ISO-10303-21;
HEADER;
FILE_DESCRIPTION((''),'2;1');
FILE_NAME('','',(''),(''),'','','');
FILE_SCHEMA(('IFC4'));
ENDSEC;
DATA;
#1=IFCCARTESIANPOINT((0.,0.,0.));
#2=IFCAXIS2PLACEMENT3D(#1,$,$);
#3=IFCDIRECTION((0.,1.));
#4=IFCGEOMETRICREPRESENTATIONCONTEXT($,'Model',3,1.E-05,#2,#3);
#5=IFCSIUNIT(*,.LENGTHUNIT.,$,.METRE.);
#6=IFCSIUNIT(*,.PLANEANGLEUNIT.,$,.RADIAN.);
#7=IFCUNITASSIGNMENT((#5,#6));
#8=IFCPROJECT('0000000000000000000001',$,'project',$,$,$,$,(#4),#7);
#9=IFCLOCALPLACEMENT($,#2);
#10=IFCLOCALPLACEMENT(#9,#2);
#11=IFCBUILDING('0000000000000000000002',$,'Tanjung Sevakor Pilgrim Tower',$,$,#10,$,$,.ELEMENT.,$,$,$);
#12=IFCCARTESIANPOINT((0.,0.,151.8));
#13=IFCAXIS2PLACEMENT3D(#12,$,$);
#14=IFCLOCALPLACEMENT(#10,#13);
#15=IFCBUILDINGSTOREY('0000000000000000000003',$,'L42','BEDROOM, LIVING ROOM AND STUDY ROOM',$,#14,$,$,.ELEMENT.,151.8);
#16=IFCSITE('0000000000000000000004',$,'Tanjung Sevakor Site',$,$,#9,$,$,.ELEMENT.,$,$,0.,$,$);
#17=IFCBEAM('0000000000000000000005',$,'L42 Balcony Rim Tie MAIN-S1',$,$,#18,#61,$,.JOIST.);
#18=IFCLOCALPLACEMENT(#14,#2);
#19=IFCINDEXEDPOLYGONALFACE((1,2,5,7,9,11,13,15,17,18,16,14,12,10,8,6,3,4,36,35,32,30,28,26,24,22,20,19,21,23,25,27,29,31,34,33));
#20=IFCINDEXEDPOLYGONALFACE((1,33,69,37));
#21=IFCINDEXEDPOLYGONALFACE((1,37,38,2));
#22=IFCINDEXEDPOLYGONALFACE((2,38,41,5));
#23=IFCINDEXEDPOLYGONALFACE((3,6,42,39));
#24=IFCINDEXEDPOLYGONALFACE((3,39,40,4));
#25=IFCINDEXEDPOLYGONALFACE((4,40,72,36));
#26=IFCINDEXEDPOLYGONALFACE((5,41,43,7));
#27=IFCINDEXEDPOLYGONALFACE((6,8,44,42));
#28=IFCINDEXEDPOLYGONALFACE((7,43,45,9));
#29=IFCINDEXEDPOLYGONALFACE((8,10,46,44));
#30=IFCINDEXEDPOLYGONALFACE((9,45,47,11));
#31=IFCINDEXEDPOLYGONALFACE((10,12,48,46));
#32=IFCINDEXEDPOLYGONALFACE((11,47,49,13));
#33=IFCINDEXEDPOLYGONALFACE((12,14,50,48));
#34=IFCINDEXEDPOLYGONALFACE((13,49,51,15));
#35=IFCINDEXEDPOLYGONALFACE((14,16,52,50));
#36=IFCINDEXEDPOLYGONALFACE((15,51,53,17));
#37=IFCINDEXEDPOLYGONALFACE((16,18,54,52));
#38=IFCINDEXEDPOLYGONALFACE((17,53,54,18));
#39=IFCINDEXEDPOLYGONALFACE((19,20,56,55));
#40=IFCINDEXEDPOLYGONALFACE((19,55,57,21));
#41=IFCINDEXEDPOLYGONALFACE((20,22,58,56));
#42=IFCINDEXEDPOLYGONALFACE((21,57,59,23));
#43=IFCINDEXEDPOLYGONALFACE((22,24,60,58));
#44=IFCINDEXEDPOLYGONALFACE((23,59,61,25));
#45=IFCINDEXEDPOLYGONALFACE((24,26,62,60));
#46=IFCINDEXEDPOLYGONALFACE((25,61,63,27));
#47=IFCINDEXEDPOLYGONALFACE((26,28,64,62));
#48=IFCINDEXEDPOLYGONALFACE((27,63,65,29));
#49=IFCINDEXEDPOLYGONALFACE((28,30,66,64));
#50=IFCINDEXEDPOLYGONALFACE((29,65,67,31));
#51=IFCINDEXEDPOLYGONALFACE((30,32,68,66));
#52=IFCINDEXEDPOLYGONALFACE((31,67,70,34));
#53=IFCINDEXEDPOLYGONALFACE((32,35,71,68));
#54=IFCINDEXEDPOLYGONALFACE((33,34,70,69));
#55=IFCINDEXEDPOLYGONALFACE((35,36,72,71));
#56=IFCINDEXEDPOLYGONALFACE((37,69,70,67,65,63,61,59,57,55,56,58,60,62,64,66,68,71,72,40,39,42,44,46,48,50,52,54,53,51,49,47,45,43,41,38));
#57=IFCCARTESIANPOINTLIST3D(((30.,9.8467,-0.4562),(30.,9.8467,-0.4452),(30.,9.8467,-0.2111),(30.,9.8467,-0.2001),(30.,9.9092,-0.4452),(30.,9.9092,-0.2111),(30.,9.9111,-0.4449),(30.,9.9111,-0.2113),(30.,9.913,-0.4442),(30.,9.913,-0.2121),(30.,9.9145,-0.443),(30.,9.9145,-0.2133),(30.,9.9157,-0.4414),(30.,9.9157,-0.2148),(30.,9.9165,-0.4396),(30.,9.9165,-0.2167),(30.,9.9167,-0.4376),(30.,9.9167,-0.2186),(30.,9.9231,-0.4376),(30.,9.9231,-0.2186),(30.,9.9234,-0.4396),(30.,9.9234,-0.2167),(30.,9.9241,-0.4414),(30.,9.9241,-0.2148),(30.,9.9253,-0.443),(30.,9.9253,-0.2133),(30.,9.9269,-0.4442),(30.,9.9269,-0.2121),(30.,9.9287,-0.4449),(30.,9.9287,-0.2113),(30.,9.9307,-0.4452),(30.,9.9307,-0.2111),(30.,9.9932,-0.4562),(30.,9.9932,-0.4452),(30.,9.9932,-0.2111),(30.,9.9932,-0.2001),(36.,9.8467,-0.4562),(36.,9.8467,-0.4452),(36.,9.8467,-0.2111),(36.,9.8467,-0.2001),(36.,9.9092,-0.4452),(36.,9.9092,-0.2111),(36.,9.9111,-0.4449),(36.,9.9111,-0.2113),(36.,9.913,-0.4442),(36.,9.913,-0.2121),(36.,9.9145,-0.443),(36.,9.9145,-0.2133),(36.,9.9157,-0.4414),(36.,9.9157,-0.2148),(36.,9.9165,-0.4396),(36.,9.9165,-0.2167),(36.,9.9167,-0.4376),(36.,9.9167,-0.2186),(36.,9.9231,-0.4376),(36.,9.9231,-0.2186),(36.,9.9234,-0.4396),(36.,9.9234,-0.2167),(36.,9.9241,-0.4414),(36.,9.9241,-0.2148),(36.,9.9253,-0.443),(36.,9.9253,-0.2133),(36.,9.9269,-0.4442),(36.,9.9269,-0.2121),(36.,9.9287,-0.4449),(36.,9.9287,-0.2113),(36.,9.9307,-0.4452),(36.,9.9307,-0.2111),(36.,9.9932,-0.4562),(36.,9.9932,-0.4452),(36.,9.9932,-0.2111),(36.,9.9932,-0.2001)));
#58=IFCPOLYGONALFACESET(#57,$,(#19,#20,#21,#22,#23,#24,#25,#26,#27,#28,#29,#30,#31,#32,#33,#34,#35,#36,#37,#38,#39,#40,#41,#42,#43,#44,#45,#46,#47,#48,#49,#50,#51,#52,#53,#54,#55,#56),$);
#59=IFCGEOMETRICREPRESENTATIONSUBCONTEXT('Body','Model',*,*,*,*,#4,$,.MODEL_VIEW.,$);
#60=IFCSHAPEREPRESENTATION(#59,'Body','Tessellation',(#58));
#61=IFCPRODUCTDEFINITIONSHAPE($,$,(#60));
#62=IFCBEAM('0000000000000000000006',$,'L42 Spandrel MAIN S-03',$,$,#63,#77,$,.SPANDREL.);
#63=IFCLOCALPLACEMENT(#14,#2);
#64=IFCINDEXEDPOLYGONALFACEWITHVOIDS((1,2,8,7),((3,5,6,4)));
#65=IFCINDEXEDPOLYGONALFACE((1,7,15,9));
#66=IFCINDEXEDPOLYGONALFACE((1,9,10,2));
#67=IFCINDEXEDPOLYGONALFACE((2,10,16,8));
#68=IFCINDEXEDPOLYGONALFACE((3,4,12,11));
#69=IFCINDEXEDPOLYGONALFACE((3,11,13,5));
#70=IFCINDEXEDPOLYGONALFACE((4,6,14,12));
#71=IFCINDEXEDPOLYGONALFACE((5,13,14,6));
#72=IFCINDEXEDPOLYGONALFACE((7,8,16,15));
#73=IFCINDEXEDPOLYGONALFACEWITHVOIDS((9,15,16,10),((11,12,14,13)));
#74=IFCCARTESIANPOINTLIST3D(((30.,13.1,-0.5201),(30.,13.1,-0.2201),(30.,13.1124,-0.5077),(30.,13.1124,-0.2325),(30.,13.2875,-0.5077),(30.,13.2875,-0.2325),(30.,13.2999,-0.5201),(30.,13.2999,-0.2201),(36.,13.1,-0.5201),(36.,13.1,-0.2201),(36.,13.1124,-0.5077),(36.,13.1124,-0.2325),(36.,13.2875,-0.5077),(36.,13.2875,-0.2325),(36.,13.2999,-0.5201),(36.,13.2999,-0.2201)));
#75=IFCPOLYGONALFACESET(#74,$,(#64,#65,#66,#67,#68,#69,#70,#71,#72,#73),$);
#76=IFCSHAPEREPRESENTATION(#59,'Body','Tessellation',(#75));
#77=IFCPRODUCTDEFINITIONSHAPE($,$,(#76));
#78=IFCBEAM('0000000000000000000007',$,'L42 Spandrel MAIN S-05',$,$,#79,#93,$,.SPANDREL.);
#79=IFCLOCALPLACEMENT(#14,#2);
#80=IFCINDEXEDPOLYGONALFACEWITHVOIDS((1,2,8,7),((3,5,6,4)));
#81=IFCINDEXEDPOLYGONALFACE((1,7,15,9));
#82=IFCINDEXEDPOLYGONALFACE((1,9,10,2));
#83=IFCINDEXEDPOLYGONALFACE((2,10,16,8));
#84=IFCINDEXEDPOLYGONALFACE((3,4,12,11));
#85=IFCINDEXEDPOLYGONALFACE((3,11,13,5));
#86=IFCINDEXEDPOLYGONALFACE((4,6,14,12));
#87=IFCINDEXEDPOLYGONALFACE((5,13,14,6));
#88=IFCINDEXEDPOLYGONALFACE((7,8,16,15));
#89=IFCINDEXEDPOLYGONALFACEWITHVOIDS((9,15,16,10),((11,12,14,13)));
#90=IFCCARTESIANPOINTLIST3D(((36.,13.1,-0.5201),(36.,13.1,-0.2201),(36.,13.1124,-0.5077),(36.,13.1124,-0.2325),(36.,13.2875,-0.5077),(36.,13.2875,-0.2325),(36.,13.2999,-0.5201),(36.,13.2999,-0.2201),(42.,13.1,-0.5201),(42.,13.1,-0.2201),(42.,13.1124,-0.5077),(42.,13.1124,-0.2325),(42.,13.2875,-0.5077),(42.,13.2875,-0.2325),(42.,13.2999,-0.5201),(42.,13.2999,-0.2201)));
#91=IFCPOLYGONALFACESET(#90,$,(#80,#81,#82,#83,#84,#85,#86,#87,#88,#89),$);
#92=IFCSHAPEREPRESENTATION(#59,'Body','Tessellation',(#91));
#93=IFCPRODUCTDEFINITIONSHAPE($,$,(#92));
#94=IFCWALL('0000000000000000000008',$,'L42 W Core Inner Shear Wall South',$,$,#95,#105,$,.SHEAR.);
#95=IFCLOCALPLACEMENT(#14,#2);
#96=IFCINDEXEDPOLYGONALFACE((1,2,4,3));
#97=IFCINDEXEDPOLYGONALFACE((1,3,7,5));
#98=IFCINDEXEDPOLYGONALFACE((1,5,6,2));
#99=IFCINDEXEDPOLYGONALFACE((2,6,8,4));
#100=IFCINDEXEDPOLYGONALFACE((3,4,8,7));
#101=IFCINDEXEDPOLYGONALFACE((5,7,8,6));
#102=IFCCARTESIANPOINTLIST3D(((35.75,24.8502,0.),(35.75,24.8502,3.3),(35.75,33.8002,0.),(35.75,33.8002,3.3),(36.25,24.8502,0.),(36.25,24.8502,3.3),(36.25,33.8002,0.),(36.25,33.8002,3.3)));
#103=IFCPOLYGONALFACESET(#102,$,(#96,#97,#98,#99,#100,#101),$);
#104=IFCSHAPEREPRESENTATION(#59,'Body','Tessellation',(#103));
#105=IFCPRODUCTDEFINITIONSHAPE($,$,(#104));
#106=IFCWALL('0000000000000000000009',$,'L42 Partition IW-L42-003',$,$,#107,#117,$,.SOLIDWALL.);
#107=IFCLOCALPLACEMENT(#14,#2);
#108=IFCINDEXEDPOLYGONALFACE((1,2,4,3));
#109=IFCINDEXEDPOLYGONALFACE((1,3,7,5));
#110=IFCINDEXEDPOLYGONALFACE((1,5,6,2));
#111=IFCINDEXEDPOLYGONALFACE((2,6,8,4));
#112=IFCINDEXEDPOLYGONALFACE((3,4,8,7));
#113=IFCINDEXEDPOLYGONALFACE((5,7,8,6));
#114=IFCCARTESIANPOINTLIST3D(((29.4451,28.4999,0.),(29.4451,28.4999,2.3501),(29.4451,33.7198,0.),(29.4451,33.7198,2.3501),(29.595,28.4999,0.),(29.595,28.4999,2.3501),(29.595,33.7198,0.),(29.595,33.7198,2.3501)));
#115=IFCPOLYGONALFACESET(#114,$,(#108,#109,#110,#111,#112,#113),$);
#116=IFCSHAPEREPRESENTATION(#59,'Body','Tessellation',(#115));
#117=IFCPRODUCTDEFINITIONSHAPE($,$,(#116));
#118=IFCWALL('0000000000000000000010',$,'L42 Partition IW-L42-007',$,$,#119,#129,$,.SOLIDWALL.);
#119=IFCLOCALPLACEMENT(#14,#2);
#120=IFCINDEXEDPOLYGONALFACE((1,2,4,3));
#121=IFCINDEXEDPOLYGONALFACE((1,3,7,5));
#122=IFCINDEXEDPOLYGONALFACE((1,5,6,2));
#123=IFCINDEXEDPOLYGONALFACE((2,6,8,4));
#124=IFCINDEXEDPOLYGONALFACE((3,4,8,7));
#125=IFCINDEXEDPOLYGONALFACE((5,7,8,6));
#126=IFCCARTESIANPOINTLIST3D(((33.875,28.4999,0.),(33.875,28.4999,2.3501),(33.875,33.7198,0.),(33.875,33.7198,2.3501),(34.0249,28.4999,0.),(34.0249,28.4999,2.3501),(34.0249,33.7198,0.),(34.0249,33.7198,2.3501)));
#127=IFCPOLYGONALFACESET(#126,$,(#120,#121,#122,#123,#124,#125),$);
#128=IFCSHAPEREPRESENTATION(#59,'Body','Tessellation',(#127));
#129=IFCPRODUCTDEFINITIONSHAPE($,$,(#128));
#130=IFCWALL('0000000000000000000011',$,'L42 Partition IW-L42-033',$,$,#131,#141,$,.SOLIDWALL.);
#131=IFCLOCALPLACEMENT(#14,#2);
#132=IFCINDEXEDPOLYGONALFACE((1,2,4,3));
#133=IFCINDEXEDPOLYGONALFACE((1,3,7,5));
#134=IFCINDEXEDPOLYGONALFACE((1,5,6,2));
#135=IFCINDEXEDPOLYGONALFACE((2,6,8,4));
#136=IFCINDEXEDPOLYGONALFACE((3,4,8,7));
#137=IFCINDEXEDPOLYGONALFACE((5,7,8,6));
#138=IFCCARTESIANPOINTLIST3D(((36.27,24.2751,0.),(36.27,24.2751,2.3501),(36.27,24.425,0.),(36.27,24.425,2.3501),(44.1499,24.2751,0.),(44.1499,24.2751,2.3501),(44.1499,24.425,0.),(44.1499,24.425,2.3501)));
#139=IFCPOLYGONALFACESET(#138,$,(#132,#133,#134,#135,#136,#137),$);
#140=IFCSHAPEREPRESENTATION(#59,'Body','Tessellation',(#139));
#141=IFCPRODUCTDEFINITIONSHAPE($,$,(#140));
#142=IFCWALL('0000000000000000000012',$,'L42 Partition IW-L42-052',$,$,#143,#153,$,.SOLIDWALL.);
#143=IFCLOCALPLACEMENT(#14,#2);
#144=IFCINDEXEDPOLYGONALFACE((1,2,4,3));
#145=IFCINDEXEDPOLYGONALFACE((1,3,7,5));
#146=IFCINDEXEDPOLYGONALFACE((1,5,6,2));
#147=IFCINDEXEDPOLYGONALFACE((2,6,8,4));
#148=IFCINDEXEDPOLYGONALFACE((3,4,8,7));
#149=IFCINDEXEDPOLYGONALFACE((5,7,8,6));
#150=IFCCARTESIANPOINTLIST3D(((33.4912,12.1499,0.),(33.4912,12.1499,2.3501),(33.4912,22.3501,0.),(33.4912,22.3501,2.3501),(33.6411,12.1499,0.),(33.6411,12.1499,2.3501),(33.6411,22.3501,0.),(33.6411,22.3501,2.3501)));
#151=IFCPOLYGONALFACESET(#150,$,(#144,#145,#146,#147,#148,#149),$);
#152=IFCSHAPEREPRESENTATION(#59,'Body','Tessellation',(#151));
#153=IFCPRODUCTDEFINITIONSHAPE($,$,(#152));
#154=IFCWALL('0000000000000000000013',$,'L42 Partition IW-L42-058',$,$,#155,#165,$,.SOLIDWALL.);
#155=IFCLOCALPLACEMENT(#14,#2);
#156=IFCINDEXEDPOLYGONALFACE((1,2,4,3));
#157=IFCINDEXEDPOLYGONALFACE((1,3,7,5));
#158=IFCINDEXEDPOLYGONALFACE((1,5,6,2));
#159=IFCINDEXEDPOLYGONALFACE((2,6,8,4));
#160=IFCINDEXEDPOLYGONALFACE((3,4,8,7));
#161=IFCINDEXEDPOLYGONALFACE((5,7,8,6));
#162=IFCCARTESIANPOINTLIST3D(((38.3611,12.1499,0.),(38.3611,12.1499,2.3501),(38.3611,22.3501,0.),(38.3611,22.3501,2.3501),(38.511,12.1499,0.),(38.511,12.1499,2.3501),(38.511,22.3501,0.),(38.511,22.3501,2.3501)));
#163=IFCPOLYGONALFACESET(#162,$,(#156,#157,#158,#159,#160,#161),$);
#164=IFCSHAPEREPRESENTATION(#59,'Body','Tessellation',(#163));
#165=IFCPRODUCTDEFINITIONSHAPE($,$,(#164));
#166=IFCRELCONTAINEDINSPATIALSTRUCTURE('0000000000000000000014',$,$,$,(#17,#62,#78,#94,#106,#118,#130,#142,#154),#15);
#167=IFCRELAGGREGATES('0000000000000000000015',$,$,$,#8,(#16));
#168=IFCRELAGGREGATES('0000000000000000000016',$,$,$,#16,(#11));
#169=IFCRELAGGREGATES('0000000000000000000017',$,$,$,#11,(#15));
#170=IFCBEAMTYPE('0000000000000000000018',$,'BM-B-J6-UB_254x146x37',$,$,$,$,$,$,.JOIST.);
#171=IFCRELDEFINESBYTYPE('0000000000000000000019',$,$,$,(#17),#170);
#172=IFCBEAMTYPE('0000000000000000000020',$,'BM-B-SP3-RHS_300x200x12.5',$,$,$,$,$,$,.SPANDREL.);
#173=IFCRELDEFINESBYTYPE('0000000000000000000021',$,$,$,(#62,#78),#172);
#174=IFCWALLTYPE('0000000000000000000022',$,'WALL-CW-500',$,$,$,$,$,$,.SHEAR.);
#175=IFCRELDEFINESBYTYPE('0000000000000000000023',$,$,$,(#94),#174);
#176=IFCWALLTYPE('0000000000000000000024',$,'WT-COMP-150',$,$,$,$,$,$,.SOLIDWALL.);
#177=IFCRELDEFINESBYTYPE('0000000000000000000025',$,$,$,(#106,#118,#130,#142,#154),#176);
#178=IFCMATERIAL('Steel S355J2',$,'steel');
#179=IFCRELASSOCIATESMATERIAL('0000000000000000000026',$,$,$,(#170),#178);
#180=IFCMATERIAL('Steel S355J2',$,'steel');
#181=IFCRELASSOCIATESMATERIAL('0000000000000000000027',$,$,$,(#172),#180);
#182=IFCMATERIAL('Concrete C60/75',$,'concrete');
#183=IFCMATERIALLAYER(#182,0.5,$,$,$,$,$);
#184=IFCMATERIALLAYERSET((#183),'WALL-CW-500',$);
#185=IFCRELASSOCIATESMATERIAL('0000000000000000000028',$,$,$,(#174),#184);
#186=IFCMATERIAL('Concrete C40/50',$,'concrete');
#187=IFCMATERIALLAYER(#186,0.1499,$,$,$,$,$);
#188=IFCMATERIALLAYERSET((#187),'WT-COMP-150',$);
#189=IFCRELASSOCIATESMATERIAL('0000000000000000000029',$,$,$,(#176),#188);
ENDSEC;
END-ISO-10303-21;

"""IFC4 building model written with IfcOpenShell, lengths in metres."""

from ifc_helpers import new_model, si_unit, direction, frame, frame_2d, origin, origin_2d, place, context, subcontext, project, spatial, rectangle, hollow_rectangle, i_section, extrude, material, layer, layer_set, material_profile, profile_set, type_object, element, save


model = new_model("IFC4")

# Units and contexts
model_context = context("Model", 3, precision=1e-05, world=origin(), true_north=direction((0.0, 1.0)))
body_context = subcontext(model_context, "Body", "Model", "MODEL_VIEW")
ifc_project = project(units=[si_unit("LENGTHUNIT", "METRE"), si_unit("PLANEANGLEUNIT", "RADIAN")], contexts=[model_context])

# Site, building, storey
site_placement = place(None, origin())
site = spatial("IfcSite", under=ifc_project, at=site_placement, Name="Tanjung Sevakor Site", CompositionType="ELEMENT", RefElevation=0.0)
building_placement = place(site_placement, origin())
building = spatial("IfcBuilding", under=site, at=building_placement, Name="Tanjung Sevakor Pilgrim Tower", CompositionType="ELEMENT")
storey_placement = place(building_placement, frame((0.0, 0.0, 151.8)))
storey = spatial("IfcBuildingStorey", under=building, at=storey_placement, Name="L42", Description="BEDROOM, LIVING ROOM AND STUDY ROOM", CompositionType="ELEMENT", Elevation=151.8)

# Beams
ifc_material_1 = material(Name="Steel S355J2", Category="steel")
ifc_material_profile_1 = material_profile(ifc_material_1, i_section(OverallWidth=0.1465, OverallDepth=0.2561, WebThickness=0.0063, FlangeThickness=0.011, FilletRadius=0.0076, at=origin_2d()))
ifc_profile_set_1 = profile_set([ifc_material_profile_1], Name="Steel S355J2")
beam_type_1 = type_object("IfcBeamType", Name="BM-B-J6-UB_254x146x37", PredefinedType="JOIST", material=ifc_profile_set_1)
beam_1_placement = place(storey_placement, frame((30.0, 9.9199, -0.3281), z_axis=(1.0, 0.0, 0.0), x_axis=(0.0, 1.0, 0.0)))
element("IfcBeam", 1, at=beam_1_placement, inside=storey, type_object=beam_type_1, Name="L42 Balcony Rim Tie MAIN-S1", PredefinedType="JOIST", context=body_context, shape_type="SweptSolid", body=[
    extrude(i_section(OverallWidth=0.1465, OverallDepth=0.2561, WebThickness=0.0063, FlangeThickness=0.011, FilletRadius=0.0076, at=origin_2d()), origin(), (0.0, 0.0, 1.0), 6.0),
])
ifc_material_2 = material(Name="Steel S355J2", Category="steel")
ifc_material_profile_2 = material_profile(ifc_material_2, hollow_rectangle(XDim=0.2, YDim=0.3, WallThickness=0.0125, at=origin_2d()))
ifc_profile_set_2 = profile_set([ifc_material_profile_2], Name="Steel S355J2")
beam_type_2 = type_object("IfcBeamType", Name="BM-B-SP3-RHS_300x200x12.5", PredefinedType="SPANDREL", material=ifc_profile_set_2)
for number, where, z_axis, x_axis, name in (
    (2, (30.0, 13.2, -0.3701), (1.0, 0.0, 0.0), (0.0, 1.0, 0.0), "L42 Spandrel MAIN S-03"),
    (3, (36.0, 13.2, -0.3701), (1.0, 0.0, 0.0), (0.0, 1.0, 0.0), "L42 Spandrel MAIN S-05"),
):
    element("IfcBeam", number, at=place(storey_placement, frame(where, z_axis=z_axis, x_axis=x_axis)), inside=storey, type_object=beam_type_2, Name=name, PredefinedType="SPANDREL", context=body_context, shape_type="SweptSolid", body=[
        extrude(hollow_rectangle(XDim=0.2, YDim=0.3, WallThickness=0.0125, at=origin_2d()), origin(), (0.0, 0.0, 1.0), 6.0),
    ])

# Wall
ifc_material_3 = material(Name="Concrete C60/75", Category="concrete")
ifc_layer_1 = layer(ifc_material_3, 0.5)
ifc_layer_set_1 = layer_set([ifc_layer_1], Name="WALL-CW-500")
wall_type_1 = type_object("IfcWallType", Name="WALL-CW-500", PredefinedType="SHEAR", material=ifc_layer_set_1)
wall_1_placement = place(storey_placement, frame((36.0, 24.8501, 0.0), z_axis=(0.0, 0.0, 1.0), x_axis=(0.0, 1.0, 0.0)))
element("IfcWall", 4, at=wall_1_placement, inside=storey, type_object=wall_type_1, Name="L42 W Core Inner Shear Wall South", PredefinedType="SHEAR", context=body_context, shape_type="SweptSolid", body=[
    extrude(rectangle(XDim=8.95, YDim=0.5, at=frame_2d((4.4751, 0.0))), origin(), (0.0, 0.0, 1.0), 3.3),
])

# Wall
ifc_material_4 = material(Name="Concrete C40/50", Category="concrete")
ifc_layer_2 = layer(ifc_material_4, 0.1499)
ifc_layer_set_2 = layer_set([ifc_layer_2], Name="WT-COMP-150")
wall_type_2 = type_object("IfcWallType", Name="WT-COMP-150", PredefinedType="SOLIDWALL", material=ifc_layer_set_2)
wall_2_placement = place(storey_placement, frame((29.52, 28.5, 0.0), z_axis=(0.0, 0.0, 1.0), x_axis=(0.0, 1.0, 0.0)))
element("IfcWall", 5, at=wall_2_placement, inside=storey, type_object=wall_type_2, Name="L42 Partition IW-L42-003", PredefinedType="SOLIDWALL", context=body_context, shape_type="SweptSolid", body=[
    extrude(rectangle(XDim=5.22, YDim=0.1499, at=frame_2d((2.6099, 0.0))), origin(), (0.0, 0.0, 1.0), 2.3501),
])

# Wall
wall_3_placement = place(storey_placement, frame((33.95, 28.5, 0.0), z_axis=(0.0, 0.0, 1.0), x_axis=(0.0, 1.0, 0.0)))
element("IfcWall", 6, at=wall_3_placement, inside=storey, type_object=wall_type_2, Name="L42 Partition IW-L42-007", PredefinedType="SOLIDWALL", context=body_context, shape_type="SweptSolid", body=[
    extrude(rectangle(XDim=5.22, YDim=0.1499, at=frame_2d((2.6099, 0.0))), origin(), (0.0, 0.0, 1.0), 2.3501),
])

# Walls
wall_4_placement = place(storey_placement, frame((36.27, 24.3501, 0.0), z_axis=(0.0, 0.0, 1.0), x_axis=(1.0, 0.0, 0.0)))
element("IfcWall", 7, at=wall_4_placement, inside=storey, type_object=wall_type_2, Name="L42 Partition IW-L42-033", PredefinedType="SOLIDWALL", context=body_context, shape_type="SweptSolid", body=[
    extrude(rectangle(XDim=7.8799, YDim=0.1499, at=frame_2d((3.9399, 0.0))), origin(), (0.0, 0.0, 1.0), 2.3501),
])
for number, where, z_axis, x_axis, name in (
    (8, (33.5662, 12.1499, 0.0), (0.0, 0.0, 1.0), (0.0, 1.0, 0.0), "L42 Partition IW-L42-052"),
    (9, (38.436, 12.1499, 0.0), (0.0, 0.0, 1.0), (0.0, 1.0, 0.0), "L42 Partition IW-L42-058"),
):
    element("IfcWall", number, at=place(storey_placement, frame(where, z_axis=z_axis, x_axis=x_axis)), inside=storey, type_object=wall_type_2, Name=name, PredefinedType="SOLIDWALL", context=body_context, shape_type="SweptSolid", body=[
        extrude(rectangle(XDim=10.2002, YDim=0.1499, at=frame_2d((5.1001, 0.0))), origin(), (0.0, 0.0, 1.0), 2.3501),
    ])

save(model, "model.ifc")
